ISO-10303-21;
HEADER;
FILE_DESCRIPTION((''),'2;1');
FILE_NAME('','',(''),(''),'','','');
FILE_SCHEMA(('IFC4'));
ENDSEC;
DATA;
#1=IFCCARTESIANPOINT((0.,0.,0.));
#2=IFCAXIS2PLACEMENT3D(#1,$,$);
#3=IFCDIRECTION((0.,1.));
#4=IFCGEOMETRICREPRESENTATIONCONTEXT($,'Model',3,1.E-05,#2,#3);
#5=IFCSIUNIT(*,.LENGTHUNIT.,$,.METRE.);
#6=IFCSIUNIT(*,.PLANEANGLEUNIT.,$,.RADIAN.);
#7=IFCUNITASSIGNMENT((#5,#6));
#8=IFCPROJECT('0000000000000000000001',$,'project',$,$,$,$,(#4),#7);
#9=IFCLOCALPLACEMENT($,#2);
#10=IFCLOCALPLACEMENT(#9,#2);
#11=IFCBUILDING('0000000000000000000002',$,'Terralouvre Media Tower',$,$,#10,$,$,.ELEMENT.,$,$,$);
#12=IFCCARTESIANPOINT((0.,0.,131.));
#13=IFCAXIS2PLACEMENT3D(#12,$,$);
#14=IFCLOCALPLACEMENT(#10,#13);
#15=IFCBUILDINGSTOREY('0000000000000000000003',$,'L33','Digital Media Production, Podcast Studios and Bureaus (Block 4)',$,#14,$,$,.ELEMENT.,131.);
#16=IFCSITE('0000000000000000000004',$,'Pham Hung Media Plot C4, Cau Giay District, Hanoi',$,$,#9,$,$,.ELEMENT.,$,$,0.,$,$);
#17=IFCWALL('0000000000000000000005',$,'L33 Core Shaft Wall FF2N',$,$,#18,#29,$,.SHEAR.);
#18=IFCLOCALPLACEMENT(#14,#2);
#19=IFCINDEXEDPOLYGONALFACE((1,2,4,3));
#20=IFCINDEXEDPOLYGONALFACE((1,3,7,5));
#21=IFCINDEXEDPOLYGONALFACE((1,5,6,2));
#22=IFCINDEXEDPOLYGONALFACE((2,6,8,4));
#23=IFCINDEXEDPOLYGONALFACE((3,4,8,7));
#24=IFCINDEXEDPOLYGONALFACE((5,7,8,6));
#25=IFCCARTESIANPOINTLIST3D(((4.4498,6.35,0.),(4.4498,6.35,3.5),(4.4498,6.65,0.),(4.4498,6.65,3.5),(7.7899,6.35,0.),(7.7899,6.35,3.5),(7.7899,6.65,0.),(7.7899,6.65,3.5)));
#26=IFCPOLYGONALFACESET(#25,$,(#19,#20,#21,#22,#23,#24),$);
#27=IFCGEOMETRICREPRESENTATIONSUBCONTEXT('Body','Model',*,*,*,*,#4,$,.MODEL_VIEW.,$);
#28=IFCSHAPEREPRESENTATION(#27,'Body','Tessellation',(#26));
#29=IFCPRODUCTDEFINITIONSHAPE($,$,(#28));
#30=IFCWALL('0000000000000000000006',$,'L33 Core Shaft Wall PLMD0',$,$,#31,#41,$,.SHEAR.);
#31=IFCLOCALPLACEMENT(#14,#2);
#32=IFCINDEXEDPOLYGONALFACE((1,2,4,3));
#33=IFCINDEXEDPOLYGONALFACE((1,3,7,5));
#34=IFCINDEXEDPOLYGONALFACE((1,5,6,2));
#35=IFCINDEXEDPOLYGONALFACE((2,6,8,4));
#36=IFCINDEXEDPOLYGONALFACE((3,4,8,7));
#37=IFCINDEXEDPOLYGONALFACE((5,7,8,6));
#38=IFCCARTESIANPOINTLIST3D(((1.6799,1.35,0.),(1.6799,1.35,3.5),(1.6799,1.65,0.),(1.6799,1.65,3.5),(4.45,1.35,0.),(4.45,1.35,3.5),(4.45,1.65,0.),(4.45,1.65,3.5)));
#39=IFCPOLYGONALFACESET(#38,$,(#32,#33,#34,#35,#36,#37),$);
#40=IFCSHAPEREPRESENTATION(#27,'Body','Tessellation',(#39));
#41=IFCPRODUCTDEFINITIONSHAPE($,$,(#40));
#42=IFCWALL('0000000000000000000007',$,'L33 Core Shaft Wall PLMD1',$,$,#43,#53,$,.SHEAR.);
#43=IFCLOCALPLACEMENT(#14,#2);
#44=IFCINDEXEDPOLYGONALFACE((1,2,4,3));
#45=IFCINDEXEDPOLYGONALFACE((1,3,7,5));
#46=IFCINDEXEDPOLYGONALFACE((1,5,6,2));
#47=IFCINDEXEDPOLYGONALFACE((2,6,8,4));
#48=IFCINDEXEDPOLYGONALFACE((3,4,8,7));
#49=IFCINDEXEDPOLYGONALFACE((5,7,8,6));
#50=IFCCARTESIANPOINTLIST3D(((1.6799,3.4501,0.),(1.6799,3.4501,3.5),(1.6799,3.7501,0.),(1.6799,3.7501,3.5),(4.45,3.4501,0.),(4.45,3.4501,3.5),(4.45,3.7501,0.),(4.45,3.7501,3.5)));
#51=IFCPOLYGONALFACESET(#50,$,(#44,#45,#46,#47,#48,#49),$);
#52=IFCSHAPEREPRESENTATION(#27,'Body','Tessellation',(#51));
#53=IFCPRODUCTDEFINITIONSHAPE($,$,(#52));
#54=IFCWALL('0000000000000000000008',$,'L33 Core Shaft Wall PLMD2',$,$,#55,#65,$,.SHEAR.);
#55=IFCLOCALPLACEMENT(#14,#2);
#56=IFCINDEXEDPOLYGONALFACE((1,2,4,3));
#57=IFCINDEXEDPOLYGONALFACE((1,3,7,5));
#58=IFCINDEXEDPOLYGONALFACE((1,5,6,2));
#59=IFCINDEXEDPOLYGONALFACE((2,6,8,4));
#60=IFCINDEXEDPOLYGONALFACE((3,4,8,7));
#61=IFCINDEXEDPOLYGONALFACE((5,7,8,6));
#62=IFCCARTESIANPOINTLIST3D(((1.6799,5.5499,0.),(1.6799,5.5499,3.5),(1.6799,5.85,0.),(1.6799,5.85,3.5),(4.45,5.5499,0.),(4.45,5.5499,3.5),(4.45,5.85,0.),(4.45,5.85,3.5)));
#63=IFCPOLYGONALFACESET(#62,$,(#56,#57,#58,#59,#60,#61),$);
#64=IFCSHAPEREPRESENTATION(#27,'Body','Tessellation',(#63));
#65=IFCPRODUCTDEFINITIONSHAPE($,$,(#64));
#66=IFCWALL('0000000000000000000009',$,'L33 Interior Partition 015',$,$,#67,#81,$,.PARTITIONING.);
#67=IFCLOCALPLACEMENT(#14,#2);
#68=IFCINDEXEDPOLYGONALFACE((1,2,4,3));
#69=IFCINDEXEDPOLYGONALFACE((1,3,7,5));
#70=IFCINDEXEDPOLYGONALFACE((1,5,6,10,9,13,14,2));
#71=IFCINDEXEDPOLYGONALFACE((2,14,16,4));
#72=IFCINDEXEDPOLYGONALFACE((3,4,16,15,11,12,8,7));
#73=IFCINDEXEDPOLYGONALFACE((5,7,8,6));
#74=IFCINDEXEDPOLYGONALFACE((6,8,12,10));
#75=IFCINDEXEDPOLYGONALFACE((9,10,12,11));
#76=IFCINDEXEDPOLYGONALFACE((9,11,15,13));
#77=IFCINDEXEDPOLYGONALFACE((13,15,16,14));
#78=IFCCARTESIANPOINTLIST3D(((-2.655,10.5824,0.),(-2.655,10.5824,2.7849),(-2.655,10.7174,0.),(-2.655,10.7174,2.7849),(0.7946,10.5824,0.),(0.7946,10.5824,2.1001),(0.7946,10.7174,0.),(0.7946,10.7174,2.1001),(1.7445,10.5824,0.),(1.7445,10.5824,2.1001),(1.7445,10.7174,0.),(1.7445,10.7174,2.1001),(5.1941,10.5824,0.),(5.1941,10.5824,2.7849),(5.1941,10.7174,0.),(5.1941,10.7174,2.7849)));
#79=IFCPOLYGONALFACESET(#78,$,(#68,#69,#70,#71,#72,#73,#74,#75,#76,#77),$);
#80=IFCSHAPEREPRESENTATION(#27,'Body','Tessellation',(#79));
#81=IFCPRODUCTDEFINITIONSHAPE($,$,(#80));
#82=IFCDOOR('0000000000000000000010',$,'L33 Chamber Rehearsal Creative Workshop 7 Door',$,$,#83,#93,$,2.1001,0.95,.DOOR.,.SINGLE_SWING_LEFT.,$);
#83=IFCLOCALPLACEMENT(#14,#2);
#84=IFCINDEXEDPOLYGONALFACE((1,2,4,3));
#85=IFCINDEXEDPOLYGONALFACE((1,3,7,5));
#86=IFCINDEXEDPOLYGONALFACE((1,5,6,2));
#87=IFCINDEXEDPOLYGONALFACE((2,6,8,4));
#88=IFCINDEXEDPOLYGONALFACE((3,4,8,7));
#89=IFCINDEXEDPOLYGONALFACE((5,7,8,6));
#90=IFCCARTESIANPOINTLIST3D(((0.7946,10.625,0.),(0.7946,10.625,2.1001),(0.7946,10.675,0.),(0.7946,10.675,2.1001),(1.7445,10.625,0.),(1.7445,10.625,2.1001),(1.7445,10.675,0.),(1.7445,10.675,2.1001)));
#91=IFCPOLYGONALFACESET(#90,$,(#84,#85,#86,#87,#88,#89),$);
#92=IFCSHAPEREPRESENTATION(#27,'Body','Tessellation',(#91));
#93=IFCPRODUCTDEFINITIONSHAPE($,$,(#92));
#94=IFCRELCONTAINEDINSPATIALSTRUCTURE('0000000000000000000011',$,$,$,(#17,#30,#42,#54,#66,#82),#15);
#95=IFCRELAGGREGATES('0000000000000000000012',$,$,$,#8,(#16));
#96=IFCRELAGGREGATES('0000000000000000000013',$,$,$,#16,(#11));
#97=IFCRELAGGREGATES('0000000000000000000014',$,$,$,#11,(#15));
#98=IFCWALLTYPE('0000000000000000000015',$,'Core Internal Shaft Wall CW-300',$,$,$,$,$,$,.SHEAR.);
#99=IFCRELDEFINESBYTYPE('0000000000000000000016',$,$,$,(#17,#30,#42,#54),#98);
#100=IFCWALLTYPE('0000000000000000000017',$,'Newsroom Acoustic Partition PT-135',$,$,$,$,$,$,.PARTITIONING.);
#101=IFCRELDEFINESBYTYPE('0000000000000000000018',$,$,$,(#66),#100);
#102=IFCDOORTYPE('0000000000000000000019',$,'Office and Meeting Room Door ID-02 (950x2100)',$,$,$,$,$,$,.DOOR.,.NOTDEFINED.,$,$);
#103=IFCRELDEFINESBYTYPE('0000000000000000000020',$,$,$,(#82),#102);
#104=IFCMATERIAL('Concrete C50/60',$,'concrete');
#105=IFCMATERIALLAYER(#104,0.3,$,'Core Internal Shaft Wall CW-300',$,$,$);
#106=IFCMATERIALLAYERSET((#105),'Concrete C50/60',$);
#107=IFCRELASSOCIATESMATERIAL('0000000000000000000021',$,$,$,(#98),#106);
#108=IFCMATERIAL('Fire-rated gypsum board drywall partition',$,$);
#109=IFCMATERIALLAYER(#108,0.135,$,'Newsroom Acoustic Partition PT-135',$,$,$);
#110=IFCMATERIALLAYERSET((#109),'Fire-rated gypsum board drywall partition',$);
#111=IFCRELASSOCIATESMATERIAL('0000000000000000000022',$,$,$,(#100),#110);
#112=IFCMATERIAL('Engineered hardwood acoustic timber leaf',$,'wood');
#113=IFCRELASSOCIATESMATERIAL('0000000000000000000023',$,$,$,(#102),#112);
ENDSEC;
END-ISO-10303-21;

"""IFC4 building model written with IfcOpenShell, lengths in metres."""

from ifc_helpers import new_model, si_unit, direction, frame, frame_2d, origin, place, context, subcontext, project, spatial, rectangle, extrude, material, layer, layer_set, type_object, element, fill, save


model = new_model("IFC4")

# Units and contexts
model_context = context("Model", 3, precision=1e-05, world=origin(), true_north=direction((0.0, 1.0)))
body_context = subcontext(model_context, "Body", "Model", "MODEL_VIEW")
ifc_project = project(units=[si_unit("LENGTHUNIT", "METRE"), si_unit("PLANEANGLEUNIT", "RADIAN")], contexts=[model_context])

# Site, building, storey
site_placement = place(None, origin())
site = spatial("IfcSite", under=ifc_project, at=site_placement, Name="Pham Hung Media Plot C4, Cau Giay District, Hanoi", CompositionType="ELEMENT", RefElevation=0.0)
building_placement = place(site_placement, origin())
building = spatial("IfcBuilding", under=site, at=building_placement, Name="Terralouvre Media Tower", CompositionType="ELEMENT")
storey_placement = place(building_placement, frame((0.0, 0.0, 131.0)))
storey = spatial("IfcBuildingStorey", under=building, at=storey_placement, Name="L33", Description="Digital Media Production, Podcast Studios and Bureaus (Block 4)", CompositionType="ELEMENT", Elevation=131.0)

# Shared definitions
ifc_material_1 = material(Name="Concrete C50/60", Category="concrete")
ifc_layer_1 = layer(ifc_material_1, 0.3, Name="Core Internal Shaft Wall CW-300")
ifc_layer_set_1 = layer_set([ifc_layer_1], Name="Concrete C50/60")
wall_type_1 = type_object("IfcWallType", Name="Core Internal Shaft Wall CW-300", PredefinedType="SHEAR", material=ifc_layer_set_1)

# Walls
wall_1_placement = place(storey_placement, frame((4.45, 6.5, 0.0), z_axis=(0.0, 0.0, 1.0), x_axis=(1.0, 0.0, 0.0)))
element("IfcWall", 1, at=wall_1_placement, inside=storey, type_object=wall_type_1, Name="L33 Core Shaft Wall FF2N", PredefinedType="SHEAR", context=body_context, shape_type="SweptSolid", body=[
    extrude(rectangle(XDim=3.3401, YDim=0.3, at=frame_2d((1.6699, 0.0))), origin(), (0.0, 0.0, 1.0), 3.5),
])
for number, where, z_axis, x_axis, name in (
    (2, (1.6799, 1.5, 0.0), (0.0, 0.0, 1.0), (1.0, 0.0, 0.0), "L33 Core Shaft Wall PLMD0"),
    (3, (1.6799, 3.6001, 0.0), (0.0, 0.0, 1.0), (1.0, 0.0, 0.0), "L33 Core Shaft Wall PLMD1"),
    (4, (1.6799, 5.7, 0.0), (0.0, 0.0, 1.0), (1.0, 0.0, 0.0), "L33 Core Shaft Wall PLMD2"),
):
    element("IfcWall", number, at=place(storey_placement, frame(where, z_axis=z_axis, x_axis=x_axis)), inside=storey, type_object=wall_type_1, Name=name, PredefinedType="SHEAR", context=body_context, shape_type="SweptSolid", body=[
        extrude(rectangle(XDim=2.77, YDim=0.3, at=frame_2d((1.385, 0.0))), origin(), (0.0, 0.0, 1.0), 3.5),
    ])

# Wall, opening, door
ifc_material_2 = material(Name="Fire-rated gypsum board drywall partition")
ifc_layer_2 = layer(ifc_material_2, 0.135, Name="Newsroom Acoustic Partition PT-135")
ifc_layer_set_2 = layer_set([ifc_layer_2], Name="Fire-rated gypsum board drywall partition")
wall_type_2 = type_object("IfcWallType", Name="Newsroom Acoustic Partition PT-135", PredefinedType="PARTITIONING", material=ifc_layer_set_2)
wall_2_placement = place(storey_placement, frame((5.1941, 10.6499, 0.0), z_axis=(0.0, 0.0, 1.0), x_axis=(-1.0, 0.0, 0.0)))
wall_2 = element("IfcWall", 5, at=wall_2_placement, inside=storey, type_object=wall_type_2, Name="L33 Interior Partition 015", PredefinedType="PARTITIONING", context=body_context, shape_type="SweptSolid", body=[
    extrude(rectangle(XDim=7.8491, YDim=0.135, at=frame_2d((3.9246, 0.0))), origin(), (0.0, 0.0, 1.0), 2.7849),
])
opening_1_placement = place(wall_2_placement, frame((3.4495, 0.0, 0.0)))
opening_1 = element("IfcOpeningElement", 6, at=opening_1_placement, cuts=wall_2, PredefinedType="OPENING", context=body_context, shape_type="SweptSolid", body=[
    extrude(rectangle(XDim=0.95, YDim=2.1001, at=frame_2d((0.4751, 1.05))), frame((0.0, 0.0774, 0.0), z_axis=(0.0, -1.0, 0.0), x_axis=(1.0, 0.0, 0.0)), (0.0, 0.0, 1.0), 0.155),
])
ifc_material_3 = material(Name="Engineered hardwood acoustic timber leaf", Category="wood")
door_type_1 = type_object("IfcDoorType", Name="Office and Meeting Room Door ID-02 (950x2100)", OperationType="NOTDEFINED", PredefinedType="DOOR", material=ifc_material_3)
door_1_placement = place(opening_1_placement, origin())
door_1 = element("IfcDoor", 7, at=door_1_placement, inside=storey, type_object=door_type_1, Name="L33 Chamber Rehearsal Creative Workshop 7 Door", OperationType="SINGLE_SWING_LEFT", OverallHeight=2.1001, OverallWidth=0.95, PredefinedType="DOOR", context=body_context, shape_type="SweptSolid", body=[
    extrude(rectangle(XDim=0.95, YDim=2.1001, at=frame_2d((0.4751, 1.05))), frame((0.0, 0.0249, 0.0), z_axis=(0.0, -1.0, 0.0), x_axis=(1.0, 0.0, 0.0)), (0.0, 0.0, 1.0), 0.05),
])
fill(opening_1, door_1)

save(model, "model.ifc")
